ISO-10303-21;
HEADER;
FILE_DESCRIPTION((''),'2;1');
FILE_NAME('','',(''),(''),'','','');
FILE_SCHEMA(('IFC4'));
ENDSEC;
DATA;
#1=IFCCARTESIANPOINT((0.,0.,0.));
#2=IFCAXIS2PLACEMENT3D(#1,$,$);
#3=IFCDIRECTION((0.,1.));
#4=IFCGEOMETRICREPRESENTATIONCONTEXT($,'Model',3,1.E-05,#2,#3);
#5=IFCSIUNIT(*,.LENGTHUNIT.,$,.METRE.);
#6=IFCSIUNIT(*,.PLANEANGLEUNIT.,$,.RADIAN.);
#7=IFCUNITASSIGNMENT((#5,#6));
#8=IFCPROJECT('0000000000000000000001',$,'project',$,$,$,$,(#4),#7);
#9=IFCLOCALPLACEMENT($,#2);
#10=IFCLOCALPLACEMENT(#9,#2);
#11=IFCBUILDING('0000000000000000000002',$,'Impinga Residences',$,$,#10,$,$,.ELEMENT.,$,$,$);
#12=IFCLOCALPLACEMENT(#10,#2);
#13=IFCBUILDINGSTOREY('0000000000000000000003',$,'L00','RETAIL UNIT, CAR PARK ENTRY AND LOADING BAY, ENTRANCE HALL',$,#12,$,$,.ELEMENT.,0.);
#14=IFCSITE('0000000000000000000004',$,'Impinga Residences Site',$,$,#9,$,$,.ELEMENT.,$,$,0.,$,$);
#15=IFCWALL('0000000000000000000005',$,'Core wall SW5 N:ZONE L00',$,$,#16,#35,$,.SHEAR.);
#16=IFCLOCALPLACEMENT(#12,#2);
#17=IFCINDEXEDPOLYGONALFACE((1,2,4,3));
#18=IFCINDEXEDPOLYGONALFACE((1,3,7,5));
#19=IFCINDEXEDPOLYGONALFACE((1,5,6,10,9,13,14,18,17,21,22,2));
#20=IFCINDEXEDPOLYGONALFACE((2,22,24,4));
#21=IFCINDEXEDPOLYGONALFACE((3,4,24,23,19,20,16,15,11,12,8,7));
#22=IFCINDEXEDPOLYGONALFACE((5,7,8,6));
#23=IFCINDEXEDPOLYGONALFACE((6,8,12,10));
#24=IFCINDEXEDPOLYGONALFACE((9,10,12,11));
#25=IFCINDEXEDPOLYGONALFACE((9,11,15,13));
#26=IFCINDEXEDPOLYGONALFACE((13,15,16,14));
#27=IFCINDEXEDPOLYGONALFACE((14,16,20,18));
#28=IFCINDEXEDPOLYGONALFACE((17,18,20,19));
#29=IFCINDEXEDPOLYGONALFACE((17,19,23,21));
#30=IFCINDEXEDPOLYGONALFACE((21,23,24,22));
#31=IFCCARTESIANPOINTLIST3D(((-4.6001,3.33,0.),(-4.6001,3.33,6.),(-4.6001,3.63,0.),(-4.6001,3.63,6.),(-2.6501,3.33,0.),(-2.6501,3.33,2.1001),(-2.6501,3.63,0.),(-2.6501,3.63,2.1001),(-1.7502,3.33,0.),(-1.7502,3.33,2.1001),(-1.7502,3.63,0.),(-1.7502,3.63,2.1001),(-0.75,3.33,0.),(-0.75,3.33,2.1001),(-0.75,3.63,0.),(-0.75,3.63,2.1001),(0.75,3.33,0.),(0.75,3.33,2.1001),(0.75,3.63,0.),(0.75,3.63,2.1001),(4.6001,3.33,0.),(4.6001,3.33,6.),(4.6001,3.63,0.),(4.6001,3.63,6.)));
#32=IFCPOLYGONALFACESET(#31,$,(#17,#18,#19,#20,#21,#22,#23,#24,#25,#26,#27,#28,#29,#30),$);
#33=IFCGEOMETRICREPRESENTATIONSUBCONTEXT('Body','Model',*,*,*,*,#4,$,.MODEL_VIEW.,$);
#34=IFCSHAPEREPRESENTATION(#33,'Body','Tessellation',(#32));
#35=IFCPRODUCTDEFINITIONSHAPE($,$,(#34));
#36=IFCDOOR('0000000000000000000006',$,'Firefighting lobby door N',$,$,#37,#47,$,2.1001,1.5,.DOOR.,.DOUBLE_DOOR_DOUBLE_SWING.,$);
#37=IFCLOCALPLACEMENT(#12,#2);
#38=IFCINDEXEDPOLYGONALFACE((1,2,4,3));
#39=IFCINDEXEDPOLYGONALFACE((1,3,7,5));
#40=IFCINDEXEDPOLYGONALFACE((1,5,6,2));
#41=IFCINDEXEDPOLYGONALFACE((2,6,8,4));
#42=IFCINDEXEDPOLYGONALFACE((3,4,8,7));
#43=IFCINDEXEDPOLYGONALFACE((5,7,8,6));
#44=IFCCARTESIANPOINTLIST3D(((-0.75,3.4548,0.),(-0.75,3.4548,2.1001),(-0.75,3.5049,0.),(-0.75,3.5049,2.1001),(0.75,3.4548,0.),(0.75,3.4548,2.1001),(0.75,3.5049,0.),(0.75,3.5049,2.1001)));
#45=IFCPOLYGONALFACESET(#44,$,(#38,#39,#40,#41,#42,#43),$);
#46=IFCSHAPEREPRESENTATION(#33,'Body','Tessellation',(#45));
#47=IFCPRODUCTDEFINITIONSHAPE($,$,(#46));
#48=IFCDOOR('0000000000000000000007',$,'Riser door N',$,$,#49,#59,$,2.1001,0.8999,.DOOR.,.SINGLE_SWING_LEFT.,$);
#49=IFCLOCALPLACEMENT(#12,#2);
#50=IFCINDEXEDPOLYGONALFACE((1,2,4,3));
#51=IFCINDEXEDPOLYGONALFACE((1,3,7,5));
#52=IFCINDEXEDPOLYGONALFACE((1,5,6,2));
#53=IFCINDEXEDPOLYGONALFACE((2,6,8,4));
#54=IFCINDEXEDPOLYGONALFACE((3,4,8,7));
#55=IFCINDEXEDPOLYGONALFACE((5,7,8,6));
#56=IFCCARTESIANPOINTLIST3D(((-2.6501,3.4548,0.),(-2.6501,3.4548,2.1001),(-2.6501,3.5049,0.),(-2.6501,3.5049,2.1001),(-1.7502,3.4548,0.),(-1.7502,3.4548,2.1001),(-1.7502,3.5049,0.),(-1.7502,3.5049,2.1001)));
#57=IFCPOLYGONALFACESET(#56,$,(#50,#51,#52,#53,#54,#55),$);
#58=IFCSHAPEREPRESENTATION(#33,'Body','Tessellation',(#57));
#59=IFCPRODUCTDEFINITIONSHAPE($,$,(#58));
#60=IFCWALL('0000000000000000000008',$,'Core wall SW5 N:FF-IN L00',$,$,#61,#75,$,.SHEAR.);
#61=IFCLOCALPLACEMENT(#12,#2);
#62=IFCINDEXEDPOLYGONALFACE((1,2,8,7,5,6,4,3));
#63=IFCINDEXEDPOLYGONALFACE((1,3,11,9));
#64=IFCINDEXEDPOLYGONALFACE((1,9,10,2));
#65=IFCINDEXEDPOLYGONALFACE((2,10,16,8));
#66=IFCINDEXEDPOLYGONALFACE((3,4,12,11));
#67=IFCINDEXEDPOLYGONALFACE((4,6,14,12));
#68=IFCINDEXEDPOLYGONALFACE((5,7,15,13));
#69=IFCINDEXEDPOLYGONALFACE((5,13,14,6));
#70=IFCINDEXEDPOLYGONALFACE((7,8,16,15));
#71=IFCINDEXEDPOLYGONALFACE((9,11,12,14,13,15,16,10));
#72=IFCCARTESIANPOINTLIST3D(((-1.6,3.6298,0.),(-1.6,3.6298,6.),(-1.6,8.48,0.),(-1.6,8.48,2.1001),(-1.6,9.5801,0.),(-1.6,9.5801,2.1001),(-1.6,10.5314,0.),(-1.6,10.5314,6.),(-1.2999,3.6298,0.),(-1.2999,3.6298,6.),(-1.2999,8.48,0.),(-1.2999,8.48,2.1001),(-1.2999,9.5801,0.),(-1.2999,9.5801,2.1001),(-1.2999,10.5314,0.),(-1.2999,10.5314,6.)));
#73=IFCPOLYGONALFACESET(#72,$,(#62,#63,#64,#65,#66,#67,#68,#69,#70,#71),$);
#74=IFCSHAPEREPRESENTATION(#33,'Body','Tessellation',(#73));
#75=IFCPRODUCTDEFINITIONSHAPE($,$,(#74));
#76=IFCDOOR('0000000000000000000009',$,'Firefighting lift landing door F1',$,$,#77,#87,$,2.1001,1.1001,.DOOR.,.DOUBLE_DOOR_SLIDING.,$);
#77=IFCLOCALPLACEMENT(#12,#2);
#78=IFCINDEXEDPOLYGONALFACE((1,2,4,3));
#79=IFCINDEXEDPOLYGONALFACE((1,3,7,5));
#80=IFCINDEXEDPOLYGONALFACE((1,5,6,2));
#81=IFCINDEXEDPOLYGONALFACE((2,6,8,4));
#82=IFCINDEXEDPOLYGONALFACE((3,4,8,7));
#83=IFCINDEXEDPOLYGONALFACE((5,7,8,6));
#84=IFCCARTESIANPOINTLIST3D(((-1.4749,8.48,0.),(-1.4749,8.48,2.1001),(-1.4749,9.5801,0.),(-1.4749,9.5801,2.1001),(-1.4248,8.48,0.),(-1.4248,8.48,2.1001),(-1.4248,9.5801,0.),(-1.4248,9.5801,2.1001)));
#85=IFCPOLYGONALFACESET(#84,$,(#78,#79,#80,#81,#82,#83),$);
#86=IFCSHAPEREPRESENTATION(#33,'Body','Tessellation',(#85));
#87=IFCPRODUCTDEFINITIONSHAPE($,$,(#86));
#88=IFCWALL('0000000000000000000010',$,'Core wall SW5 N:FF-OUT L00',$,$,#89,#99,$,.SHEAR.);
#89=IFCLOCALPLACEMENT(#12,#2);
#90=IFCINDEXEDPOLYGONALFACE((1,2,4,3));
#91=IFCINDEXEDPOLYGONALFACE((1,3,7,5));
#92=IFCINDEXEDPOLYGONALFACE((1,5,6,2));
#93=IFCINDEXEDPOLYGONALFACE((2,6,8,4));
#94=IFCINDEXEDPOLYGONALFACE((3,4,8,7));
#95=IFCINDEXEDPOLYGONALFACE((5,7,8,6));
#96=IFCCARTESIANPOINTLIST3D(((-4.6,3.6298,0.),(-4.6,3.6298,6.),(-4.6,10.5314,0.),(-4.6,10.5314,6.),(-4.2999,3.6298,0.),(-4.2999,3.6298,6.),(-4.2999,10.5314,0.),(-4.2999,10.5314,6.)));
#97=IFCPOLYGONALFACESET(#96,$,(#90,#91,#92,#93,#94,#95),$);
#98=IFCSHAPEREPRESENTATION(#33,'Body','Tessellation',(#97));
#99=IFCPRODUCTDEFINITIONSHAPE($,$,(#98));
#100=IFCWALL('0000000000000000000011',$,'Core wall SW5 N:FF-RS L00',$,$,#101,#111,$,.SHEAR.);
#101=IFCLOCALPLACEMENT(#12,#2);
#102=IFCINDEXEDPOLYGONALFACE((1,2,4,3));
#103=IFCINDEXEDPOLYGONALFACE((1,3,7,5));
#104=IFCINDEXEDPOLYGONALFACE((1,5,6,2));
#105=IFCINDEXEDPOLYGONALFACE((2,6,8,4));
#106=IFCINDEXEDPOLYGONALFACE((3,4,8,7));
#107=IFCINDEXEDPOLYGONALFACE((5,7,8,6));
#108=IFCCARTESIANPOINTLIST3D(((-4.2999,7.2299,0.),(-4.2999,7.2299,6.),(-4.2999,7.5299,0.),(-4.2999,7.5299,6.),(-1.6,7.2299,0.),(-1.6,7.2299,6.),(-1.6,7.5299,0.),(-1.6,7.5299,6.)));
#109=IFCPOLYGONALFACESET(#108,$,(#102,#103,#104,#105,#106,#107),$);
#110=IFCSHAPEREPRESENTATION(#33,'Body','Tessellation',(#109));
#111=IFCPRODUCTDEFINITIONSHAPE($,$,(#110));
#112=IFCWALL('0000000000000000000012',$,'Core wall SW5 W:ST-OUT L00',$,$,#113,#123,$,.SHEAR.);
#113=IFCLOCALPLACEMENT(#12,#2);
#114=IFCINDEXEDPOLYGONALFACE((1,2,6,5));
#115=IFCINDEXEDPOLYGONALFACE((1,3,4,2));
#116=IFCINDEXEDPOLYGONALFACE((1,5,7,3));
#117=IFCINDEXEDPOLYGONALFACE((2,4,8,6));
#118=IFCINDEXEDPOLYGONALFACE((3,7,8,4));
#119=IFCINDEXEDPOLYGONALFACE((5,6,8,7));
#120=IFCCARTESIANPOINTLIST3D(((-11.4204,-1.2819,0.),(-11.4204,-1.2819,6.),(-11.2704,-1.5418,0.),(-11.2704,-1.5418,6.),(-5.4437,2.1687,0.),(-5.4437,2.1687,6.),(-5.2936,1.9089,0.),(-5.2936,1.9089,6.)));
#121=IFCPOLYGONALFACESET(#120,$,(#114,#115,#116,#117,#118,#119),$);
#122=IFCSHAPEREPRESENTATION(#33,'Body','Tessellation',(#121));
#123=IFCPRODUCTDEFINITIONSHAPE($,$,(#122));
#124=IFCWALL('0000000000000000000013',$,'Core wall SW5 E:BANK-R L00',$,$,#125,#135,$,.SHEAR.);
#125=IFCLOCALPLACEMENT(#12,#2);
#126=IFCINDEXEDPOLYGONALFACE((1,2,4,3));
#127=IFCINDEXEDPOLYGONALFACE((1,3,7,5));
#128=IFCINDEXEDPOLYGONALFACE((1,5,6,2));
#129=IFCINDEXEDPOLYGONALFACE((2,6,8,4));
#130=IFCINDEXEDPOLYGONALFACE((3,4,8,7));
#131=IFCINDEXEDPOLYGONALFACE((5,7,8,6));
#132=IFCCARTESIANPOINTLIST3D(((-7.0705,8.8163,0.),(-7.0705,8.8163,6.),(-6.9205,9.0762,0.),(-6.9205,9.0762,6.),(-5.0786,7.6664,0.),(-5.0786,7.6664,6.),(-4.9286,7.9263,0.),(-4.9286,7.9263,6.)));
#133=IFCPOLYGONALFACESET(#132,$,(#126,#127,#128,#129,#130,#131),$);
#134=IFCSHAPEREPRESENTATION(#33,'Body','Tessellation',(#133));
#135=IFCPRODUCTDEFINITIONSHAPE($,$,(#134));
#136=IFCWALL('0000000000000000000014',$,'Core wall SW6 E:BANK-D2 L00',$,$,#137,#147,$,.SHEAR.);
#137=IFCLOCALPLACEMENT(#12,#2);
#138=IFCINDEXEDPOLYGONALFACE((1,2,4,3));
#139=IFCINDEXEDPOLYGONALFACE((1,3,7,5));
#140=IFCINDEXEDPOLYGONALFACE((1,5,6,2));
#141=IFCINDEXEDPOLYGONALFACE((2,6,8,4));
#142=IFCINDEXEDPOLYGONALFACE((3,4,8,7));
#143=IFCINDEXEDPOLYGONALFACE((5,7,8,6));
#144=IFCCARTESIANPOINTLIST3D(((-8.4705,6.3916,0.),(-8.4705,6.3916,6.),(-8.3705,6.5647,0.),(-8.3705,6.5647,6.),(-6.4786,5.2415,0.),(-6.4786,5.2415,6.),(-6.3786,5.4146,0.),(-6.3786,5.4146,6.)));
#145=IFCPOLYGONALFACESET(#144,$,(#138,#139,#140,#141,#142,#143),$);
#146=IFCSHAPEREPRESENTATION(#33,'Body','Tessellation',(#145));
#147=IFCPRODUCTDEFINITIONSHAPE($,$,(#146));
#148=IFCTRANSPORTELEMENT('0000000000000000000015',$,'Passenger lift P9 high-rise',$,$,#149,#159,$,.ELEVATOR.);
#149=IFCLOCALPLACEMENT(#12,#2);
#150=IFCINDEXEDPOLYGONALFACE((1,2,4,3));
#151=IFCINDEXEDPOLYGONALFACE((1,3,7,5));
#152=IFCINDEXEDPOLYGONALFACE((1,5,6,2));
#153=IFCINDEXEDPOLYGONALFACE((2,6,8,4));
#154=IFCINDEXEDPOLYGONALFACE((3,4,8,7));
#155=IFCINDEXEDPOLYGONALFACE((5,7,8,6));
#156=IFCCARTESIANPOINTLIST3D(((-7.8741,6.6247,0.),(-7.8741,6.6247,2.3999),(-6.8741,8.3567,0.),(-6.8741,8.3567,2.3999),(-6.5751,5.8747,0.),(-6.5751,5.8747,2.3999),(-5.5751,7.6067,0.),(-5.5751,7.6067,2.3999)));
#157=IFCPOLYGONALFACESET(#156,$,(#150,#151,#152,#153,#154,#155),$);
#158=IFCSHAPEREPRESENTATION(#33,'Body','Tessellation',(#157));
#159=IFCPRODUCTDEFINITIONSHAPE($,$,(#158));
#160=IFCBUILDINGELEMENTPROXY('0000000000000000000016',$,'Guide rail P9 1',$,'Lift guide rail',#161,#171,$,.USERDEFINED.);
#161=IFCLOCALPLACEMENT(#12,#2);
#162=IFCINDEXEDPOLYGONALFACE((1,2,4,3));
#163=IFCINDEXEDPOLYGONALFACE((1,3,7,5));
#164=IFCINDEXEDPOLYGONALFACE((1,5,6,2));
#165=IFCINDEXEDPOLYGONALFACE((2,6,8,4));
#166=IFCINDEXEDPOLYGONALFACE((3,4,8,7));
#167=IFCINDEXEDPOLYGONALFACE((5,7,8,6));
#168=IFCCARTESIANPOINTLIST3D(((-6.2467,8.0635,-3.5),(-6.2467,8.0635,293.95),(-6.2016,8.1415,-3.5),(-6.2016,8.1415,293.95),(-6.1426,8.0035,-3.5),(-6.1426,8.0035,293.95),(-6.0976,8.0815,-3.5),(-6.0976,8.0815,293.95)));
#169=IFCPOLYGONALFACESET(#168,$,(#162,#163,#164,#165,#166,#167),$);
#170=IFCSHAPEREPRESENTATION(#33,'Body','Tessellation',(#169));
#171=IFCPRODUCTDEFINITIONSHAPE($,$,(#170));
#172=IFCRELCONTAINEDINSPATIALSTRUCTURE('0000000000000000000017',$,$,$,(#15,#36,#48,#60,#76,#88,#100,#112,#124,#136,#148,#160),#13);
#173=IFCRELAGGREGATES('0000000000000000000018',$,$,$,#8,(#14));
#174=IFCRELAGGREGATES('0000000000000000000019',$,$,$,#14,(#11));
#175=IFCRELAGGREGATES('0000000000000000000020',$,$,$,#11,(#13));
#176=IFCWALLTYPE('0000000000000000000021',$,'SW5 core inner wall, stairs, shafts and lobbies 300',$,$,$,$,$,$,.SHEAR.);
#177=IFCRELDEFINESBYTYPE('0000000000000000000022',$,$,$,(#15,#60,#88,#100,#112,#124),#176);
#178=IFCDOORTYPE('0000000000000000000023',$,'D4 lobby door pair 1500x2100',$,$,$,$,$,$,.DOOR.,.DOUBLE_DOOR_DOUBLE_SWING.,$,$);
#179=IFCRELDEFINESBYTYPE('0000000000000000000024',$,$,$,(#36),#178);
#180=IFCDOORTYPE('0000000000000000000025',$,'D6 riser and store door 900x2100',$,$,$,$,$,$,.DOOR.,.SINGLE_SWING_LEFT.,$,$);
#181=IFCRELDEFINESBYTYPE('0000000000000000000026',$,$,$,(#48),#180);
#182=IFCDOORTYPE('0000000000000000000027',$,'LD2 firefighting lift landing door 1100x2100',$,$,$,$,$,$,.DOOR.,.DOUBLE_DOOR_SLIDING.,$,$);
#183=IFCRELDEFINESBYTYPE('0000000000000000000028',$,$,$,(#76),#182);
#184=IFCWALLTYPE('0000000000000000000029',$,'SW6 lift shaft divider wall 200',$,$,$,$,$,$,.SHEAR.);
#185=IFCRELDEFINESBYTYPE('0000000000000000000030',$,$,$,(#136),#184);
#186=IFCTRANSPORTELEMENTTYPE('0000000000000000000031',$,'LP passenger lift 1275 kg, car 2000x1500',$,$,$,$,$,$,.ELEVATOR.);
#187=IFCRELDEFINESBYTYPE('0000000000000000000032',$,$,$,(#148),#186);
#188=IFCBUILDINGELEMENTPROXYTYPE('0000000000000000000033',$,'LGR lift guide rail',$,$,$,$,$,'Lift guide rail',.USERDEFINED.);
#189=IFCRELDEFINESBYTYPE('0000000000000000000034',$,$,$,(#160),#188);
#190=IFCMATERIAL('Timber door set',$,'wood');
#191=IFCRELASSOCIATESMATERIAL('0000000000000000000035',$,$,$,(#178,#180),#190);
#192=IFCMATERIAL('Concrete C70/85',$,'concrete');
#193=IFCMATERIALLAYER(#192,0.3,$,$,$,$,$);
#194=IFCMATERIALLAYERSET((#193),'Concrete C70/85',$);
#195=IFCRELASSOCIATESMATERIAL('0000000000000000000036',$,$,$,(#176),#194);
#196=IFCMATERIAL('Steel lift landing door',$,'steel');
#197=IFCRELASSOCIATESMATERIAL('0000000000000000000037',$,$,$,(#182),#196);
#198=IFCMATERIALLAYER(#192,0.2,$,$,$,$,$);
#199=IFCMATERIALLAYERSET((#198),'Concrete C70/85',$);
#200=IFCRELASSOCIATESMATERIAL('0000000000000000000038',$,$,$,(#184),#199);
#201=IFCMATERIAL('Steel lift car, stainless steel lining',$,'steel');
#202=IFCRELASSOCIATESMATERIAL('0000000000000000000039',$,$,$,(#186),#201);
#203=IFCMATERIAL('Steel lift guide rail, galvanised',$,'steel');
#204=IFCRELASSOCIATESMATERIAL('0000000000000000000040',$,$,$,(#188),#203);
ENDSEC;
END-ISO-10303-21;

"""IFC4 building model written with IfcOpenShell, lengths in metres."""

from ifc_helpers import new_model, si_unit, direction, frame, frame_2d, origin, origin_2d, place, context, subcontext, project, spatial, rectangle, extrude, material, layer, layer_set, type_object, element, fill, save


model = new_model("IFC4")

# Units and contexts
model_context = context("Model", 3, precision=1e-05, world=origin(), true_north=direction((0.0, 1.0)))
body_context = subcontext(model_context, "Body", "Model", "MODEL_VIEW")
ifc_project = project(units=[si_unit("LENGTHUNIT", "METRE"), si_unit("PLANEANGLEUNIT", "RADIAN")], contexts=[model_context])

# Site, building, storey
site_placement = place(None, origin())
site = spatial("IfcSite", under=ifc_project, at=site_placement, Name="Impinga Residences Site", CompositionType="ELEMENT", RefElevation=0.0)
building_placement = place(site_placement, origin())
building = spatial("IfcBuilding", under=site, at=building_placement, Name="Impinga Residences", CompositionType="ELEMENT")
storey_placement = place(building_placement, origin())
storey = spatial("IfcBuildingStorey", under=building, at=storey_placement, Name="L00", Description="RETAIL UNIT, CAR PARK ENTRY AND LOADING BAY, ENTRANCE HALL", CompositionType="ELEMENT", Elevation=0.0)

# Shared definitions
ifc_material_1 = material(Name="Concrete C70/85", Category="concrete")
ifc_material_2 = material(Name="Timber door set", Category="wood")
door_type_1 = type_object("IfcDoorType", Name="D4 lobby door pair 1500x2100", OperationType="DOUBLE_DOOR_DOUBLE_SWING", PredefinedType="DOOR", material=ifc_material_2)

# Wall, openings, doors
ifc_layer_1 = layer(ifc_material_1, 0.3)
ifc_layer_set_1 = layer_set([ifc_layer_1], Name="Concrete C70/85")
wall_type_1 = type_object("IfcWallType", Name="SW5 core inner wall, stairs, shafts and lobbies 300", PredefinedType="SHEAR", material=ifc_layer_set_1)
wall_1_placement = place(storey_placement, frame((-4.6001, 3.48, 0.0), z_axis=(0.0, 0.0, 1.0), x_axis=(1.0, 0.0, 0.0)))
wall_1 = element("IfcWall", 1, at=wall_1_placement, inside=storey, type_object=wall_type_1, Name="Core wall SW5 N:ZONE L00", PredefinedType="SHEAR", context=body_context, shape_type="SweptSolid", body=[
    extrude(rectangle(XDim=9.2002, YDim=0.3, at=frame_2d((4.6001, 0.0))), origin(), (0.0, 0.0, 1.0), 6.0),
])
opening_1_placement = place(wall_1_placement, frame((3.8501, 0.0, 0.0)))
opening_1 = element("IfcOpeningElement", 2, at=opening_1_placement, cuts=wall_1, PredefinedType="OPENING", context=body_context, shape_type="SweptSolid", body=[
    extrude(rectangle(XDim=1.5, YDim=2.1001, at=frame_2d((0.75, 1.05))), frame((0.0, 0.1599, 0.0), z_axis=(0.0, -1.0, 0.0), x_axis=(1.0, 0.0, 0.0)), (0.0, 0.0, 1.0), 0.3201),
])
opening_2_placement = place(wall_1_placement, frame((1.95, 0.0, 0.0)))
opening_2 = element("IfcOpeningElement", 3, at=opening_2_placement, cuts=wall_1, PredefinedType="OPENING", context=body_context, shape_type="SweptSolid", body=[
    extrude(rectangle(XDim=0.8999, YDim=2.1001, at=frame_2d((0.45, 1.05))), frame((0.0, 0.1599, 0.0), z_axis=(0.0, -1.0, 0.0), x_axis=(1.0, 0.0, 0.0)), (0.0, 0.0, 1.0), 0.3201),
])
door_1_placement = place(opening_1_placement, origin())
door_1 = element("IfcDoor", 4, at=door_1_placement, inside=storey, type_object=door_type_1, Name="Firefighting lobby door N", OperationType="DOUBLE_DOOR_DOUBLE_SWING", OverallHeight=2.1001, OverallWidth=1.5, PredefinedType="DOOR", context=body_context, shape_type="SweptSolid", body=[
    extrude(rectangle(XDim=1.5, YDim=2.1001, at=frame_2d((0.75, 1.05))), frame((0.0, 0.0249, 0.0), z_axis=(0.0, -1.0, 0.0), x_axis=(1.0, 0.0, 0.0)), (0.0, 0.0, 1.0), 0.05),
])
fill(opening_1, door_1)
door_type_2 = type_object("IfcDoorType", Name="D6 riser and store door 900x2100", OperationType="SINGLE_SWING_LEFT", PredefinedType="DOOR", material=ifc_material_2)
door_2_placement = place(opening_2_placement, origin())
door_2 = element("IfcDoor", 5, at=door_2_placement, inside=storey, type_object=door_type_2, Name="Riser door N", OperationType="SINGLE_SWING_LEFT", OverallHeight=2.1001, OverallWidth=0.8999, PredefinedType="DOOR", context=body_context, shape_type="SweptSolid", body=[
    extrude(rectangle(XDim=0.8999, YDim=2.1001, at=frame_2d((0.45, 1.05))), frame((0.0, 0.0249, 0.0), z_axis=(0.0, -1.0, 0.0), x_axis=(1.0, 0.0, 0.0)), (0.0, 0.0, 1.0), 0.05),
])
fill(opening_2, door_2)

# Wall, opening, door
wall_2_placement = place(storey_placement, frame((-1.45, 3.6299, 0.0), z_axis=(0.0, 0.0, 1.0), x_axis=(0.0, 1.0, 0.0)))
wall_2 = element("IfcWall", 6, at=wall_2_placement, inside=storey, type_object=wall_type_1, Name="Core wall SW5 N:FF-IN L00", PredefinedType="SHEAR", context=body_context, shape_type="SweptSolid", body=[
    extrude(rectangle(XDim=6.9016, YDim=0.3, at=frame_2d((3.4507, 0.0))), origin(), (0.0, 0.0, 1.0), 6.0),
])
opening_3_placement = place(wall_2_placement, frame((4.8501, 0.0, 0.0)))
opening_3 = element("IfcOpeningElement", 7, at=opening_3_placement, cuts=wall_2, PredefinedType="OPENING", context=body_context, shape_type="SweptSolid", body=[
    extrude(rectangle(XDim=1.1001, YDim=2.1001, at=frame_2d((0.55, 1.05))), frame((0.0, 0.1599, 0.0), z_axis=(0.0, -1.0, 0.0), x_axis=(1.0, 0.0, 0.0)), (0.0, 0.0, 1.0), 0.3201),
])
ifc_material_3 = material(Name="Steel lift landing door", Category="steel")
door_type_3 = type_object("IfcDoorType", Name="LD2 firefighting lift landing door 1100x2100", OperationType="DOUBLE_DOOR_SLIDING", PredefinedType="DOOR", material=ifc_material_3)
door_3_placement = place(opening_3_placement, origin())
door_3 = element("IfcDoor", 8, at=door_3_placement, inside=storey, type_object=door_type_3, Name="Firefighting lift landing door F1", OperationType="DOUBLE_DOOR_SLIDING", OverallHeight=2.1001, OverallWidth=1.1001, PredefinedType="DOOR", context=body_context, shape_type="SweptSolid", body=[
    extrude(rectangle(XDim=1.1001, YDim=2.1001, at=frame_2d((0.55, 1.05))), frame((0.0, 0.0249, 0.0), z_axis=(0.0, -1.0, 0.0), x_axis=(1.0, 0.0, 0.0)), (0.0, 0.0, 1.0), 0.05),
])
fill(opening_3, door_3)

# Walls
wall_3_placement = place(storey_placement, frame((-4.45, 3.6299, 0.0), z_axis=(0.0, 0.0, 1.0), x_axis=(0.0, 1.0, 0.0)))
element("IfcWall", 9, at=wall_3_placement, inside=storey, type_object=wall_type_1, Name="Core wall SW5 N:FF-OUT L00", PredefinedType="SHEAR", context=body_context, shape_type="SweptSolid", body=[
    extrude(rectangle(XDim=6.9016, YDim=0.3, at=frame_2d((3.4507, 0.0))), origin(), (0.0, 0.0, 1.0), 6.0),
])
wall_4_placement = place(storey_placement, frame((-4.3, 7.3799, 0.0), z_axis=(0.0, 0.0, 1.0), x_axis=(1.0, 0.0, 0.0)))
element("IfcWall", 10, at=wall_4_placement, inside=storey, type_object=wall_type_1, Name="Core wall SW5 N:FF-RS L00", PredefinedType="SHEAR", context=body_context, shape_type="SweptSolid", body=[
    extrude(rectangle(XDim=2.7, YDim=0.3, at=frame_2d((1.3501, 0.0))), origin(), (0.0, 0.0, 1.0), 6.0),
])
wall_5_placement = place(storey_placement, frame((-5.3687, 2.0388, 0.0), z_axis=(0.0, 0.0, 1.0), x_axis=(-0.866027, -0.499997, 0.0)))
element("IfcWall", 11, at=wall_5_placement, inside=storey, type_object=wall_type_1, Name="Core wall SW5 W:ST-OUT L00", PredefinedType="SHEAR", context=body_context, shape_type="SweptSolid", body=[
    extrude(rectangle(XDim=6.9014, YDim=0.3, at=frame_2d((3.4507, 0.0))), origin(), (0.0, 0.0, 1.0), 6.0),
])
wall_6_placement = place(storey_placement, frame((-5.0037, 7.7964, 0.0), z_axis=(0.0, 0.0, 1.0), x_axis=(-0.866053, 0.499952, 0.0)))
element("IfcWall", 12, at=wall_6_placement, inside=storey, type_object=wall_type_1, Name="Core wall SW5 E:BANK-R L00", PredefinedType="SHEAR", context=body_context, shape_type="SweptSolid", body=[
    extrude(rectangle(XDim=2.3, YDim=0.3, at=frame_2d((1.1499, 0.0))), origin(), (0.0, 0.0, 1.0), 6.0),
])
ifc_layer_2 = layer(ifc_material_1, 0.2)
ifc_layer_set_2 = layer_set([ifc_layer_2], Name="Concrete C70/85")
wall_type_2 = type_object("IfcWallType", Name="SW6 lift shaft divider wall 200", PredefinedType="SHEAR", material=ifc_layer_set_2)
wall_7_placement = place(storey_placement, frame((-6.4287, 5.3281, 0.0), z_axis=(0.0, 0.0, 1.0), x_axis=(-0.866007, 0.500032, 0.0)))
element("IfcWall", 13, at=wall_7_placement, inside=storey, type_object=wall_type_2, Name="Core wall SW6 E:BANK-D2 L00", PredefinedType="SHEAR", context=body_context, shape_type="SweptSolid", body=[
    extrude(rectangle(XDim=2.3, YDim=0.2, at=frame_2d((1.1499, 0.0))), origin(), (0.0, 0.0, 1.0), 6.0),
])

# Transport element
ifc_material_4 = material(Name="Steel lift car, stainless steel lining", Category="steel")
transport_element_type = type_object("IfcTransportElementType", Name="LP passenger lift 1275 kg, car 2000x1500", PredefinedType="ELEVATOR", material=ifc_material_4)
transport_element_placement = place(storey_placement, frame((-6.7246, 7.1157, 0.0), z_axis=(0.0, 0.0, 1.0), x_axis=(-0.5, -0.866025, 0.0)))
element("IfcTransportElement", 14, at=transport_element_placement, inside=storey, type_object=transport_element_type, Name="Passenger lift P9 high-rise", PredefinedType="ELEVATOR", context=body_context, shape_type="SweptSolid", body=[
    extrude(rectangle(XDim=2.0, YDim=1.5, at=origin_2d()), origin(), (0.0, 0.0, 1.0), 2.3999),
])

# Building element proxy
ifc_material_5 = material(Name="Steel lift guide rail, galvanised", Category="steel")
building_element_proxy_type = type_object("IfcBuildingElementProxyType", Name="LGR lift guide rail", ElementType="Lift guide rail", PredefinedType="USERDEFINED", material=ifc_material_5)
proxy_placement = place(storey_placement, frame((-6.1721, 8.0725, -3.5), z_axis=(0.0, 0.0, 1.0), x_axis=(-0.5, -0.866025, 0.0)))
element("IfcBuildingElementProxy", 15, at=proxy_placement, inside=storey, type_object=building_element_proxy_type, Name="Guide rail P9 1", ObjectType="Lift guide rail", PredefinedType="USERDEFINED", context=body_context, shape_type="SweptSolid", body=[
    extrude(rectangle(XDim=0.0901, YDim=0.1201, at=origin_2d()), origin(), (0.0, 0.0, 1.0), 297.45),
])

save(model, "model.ifc")
